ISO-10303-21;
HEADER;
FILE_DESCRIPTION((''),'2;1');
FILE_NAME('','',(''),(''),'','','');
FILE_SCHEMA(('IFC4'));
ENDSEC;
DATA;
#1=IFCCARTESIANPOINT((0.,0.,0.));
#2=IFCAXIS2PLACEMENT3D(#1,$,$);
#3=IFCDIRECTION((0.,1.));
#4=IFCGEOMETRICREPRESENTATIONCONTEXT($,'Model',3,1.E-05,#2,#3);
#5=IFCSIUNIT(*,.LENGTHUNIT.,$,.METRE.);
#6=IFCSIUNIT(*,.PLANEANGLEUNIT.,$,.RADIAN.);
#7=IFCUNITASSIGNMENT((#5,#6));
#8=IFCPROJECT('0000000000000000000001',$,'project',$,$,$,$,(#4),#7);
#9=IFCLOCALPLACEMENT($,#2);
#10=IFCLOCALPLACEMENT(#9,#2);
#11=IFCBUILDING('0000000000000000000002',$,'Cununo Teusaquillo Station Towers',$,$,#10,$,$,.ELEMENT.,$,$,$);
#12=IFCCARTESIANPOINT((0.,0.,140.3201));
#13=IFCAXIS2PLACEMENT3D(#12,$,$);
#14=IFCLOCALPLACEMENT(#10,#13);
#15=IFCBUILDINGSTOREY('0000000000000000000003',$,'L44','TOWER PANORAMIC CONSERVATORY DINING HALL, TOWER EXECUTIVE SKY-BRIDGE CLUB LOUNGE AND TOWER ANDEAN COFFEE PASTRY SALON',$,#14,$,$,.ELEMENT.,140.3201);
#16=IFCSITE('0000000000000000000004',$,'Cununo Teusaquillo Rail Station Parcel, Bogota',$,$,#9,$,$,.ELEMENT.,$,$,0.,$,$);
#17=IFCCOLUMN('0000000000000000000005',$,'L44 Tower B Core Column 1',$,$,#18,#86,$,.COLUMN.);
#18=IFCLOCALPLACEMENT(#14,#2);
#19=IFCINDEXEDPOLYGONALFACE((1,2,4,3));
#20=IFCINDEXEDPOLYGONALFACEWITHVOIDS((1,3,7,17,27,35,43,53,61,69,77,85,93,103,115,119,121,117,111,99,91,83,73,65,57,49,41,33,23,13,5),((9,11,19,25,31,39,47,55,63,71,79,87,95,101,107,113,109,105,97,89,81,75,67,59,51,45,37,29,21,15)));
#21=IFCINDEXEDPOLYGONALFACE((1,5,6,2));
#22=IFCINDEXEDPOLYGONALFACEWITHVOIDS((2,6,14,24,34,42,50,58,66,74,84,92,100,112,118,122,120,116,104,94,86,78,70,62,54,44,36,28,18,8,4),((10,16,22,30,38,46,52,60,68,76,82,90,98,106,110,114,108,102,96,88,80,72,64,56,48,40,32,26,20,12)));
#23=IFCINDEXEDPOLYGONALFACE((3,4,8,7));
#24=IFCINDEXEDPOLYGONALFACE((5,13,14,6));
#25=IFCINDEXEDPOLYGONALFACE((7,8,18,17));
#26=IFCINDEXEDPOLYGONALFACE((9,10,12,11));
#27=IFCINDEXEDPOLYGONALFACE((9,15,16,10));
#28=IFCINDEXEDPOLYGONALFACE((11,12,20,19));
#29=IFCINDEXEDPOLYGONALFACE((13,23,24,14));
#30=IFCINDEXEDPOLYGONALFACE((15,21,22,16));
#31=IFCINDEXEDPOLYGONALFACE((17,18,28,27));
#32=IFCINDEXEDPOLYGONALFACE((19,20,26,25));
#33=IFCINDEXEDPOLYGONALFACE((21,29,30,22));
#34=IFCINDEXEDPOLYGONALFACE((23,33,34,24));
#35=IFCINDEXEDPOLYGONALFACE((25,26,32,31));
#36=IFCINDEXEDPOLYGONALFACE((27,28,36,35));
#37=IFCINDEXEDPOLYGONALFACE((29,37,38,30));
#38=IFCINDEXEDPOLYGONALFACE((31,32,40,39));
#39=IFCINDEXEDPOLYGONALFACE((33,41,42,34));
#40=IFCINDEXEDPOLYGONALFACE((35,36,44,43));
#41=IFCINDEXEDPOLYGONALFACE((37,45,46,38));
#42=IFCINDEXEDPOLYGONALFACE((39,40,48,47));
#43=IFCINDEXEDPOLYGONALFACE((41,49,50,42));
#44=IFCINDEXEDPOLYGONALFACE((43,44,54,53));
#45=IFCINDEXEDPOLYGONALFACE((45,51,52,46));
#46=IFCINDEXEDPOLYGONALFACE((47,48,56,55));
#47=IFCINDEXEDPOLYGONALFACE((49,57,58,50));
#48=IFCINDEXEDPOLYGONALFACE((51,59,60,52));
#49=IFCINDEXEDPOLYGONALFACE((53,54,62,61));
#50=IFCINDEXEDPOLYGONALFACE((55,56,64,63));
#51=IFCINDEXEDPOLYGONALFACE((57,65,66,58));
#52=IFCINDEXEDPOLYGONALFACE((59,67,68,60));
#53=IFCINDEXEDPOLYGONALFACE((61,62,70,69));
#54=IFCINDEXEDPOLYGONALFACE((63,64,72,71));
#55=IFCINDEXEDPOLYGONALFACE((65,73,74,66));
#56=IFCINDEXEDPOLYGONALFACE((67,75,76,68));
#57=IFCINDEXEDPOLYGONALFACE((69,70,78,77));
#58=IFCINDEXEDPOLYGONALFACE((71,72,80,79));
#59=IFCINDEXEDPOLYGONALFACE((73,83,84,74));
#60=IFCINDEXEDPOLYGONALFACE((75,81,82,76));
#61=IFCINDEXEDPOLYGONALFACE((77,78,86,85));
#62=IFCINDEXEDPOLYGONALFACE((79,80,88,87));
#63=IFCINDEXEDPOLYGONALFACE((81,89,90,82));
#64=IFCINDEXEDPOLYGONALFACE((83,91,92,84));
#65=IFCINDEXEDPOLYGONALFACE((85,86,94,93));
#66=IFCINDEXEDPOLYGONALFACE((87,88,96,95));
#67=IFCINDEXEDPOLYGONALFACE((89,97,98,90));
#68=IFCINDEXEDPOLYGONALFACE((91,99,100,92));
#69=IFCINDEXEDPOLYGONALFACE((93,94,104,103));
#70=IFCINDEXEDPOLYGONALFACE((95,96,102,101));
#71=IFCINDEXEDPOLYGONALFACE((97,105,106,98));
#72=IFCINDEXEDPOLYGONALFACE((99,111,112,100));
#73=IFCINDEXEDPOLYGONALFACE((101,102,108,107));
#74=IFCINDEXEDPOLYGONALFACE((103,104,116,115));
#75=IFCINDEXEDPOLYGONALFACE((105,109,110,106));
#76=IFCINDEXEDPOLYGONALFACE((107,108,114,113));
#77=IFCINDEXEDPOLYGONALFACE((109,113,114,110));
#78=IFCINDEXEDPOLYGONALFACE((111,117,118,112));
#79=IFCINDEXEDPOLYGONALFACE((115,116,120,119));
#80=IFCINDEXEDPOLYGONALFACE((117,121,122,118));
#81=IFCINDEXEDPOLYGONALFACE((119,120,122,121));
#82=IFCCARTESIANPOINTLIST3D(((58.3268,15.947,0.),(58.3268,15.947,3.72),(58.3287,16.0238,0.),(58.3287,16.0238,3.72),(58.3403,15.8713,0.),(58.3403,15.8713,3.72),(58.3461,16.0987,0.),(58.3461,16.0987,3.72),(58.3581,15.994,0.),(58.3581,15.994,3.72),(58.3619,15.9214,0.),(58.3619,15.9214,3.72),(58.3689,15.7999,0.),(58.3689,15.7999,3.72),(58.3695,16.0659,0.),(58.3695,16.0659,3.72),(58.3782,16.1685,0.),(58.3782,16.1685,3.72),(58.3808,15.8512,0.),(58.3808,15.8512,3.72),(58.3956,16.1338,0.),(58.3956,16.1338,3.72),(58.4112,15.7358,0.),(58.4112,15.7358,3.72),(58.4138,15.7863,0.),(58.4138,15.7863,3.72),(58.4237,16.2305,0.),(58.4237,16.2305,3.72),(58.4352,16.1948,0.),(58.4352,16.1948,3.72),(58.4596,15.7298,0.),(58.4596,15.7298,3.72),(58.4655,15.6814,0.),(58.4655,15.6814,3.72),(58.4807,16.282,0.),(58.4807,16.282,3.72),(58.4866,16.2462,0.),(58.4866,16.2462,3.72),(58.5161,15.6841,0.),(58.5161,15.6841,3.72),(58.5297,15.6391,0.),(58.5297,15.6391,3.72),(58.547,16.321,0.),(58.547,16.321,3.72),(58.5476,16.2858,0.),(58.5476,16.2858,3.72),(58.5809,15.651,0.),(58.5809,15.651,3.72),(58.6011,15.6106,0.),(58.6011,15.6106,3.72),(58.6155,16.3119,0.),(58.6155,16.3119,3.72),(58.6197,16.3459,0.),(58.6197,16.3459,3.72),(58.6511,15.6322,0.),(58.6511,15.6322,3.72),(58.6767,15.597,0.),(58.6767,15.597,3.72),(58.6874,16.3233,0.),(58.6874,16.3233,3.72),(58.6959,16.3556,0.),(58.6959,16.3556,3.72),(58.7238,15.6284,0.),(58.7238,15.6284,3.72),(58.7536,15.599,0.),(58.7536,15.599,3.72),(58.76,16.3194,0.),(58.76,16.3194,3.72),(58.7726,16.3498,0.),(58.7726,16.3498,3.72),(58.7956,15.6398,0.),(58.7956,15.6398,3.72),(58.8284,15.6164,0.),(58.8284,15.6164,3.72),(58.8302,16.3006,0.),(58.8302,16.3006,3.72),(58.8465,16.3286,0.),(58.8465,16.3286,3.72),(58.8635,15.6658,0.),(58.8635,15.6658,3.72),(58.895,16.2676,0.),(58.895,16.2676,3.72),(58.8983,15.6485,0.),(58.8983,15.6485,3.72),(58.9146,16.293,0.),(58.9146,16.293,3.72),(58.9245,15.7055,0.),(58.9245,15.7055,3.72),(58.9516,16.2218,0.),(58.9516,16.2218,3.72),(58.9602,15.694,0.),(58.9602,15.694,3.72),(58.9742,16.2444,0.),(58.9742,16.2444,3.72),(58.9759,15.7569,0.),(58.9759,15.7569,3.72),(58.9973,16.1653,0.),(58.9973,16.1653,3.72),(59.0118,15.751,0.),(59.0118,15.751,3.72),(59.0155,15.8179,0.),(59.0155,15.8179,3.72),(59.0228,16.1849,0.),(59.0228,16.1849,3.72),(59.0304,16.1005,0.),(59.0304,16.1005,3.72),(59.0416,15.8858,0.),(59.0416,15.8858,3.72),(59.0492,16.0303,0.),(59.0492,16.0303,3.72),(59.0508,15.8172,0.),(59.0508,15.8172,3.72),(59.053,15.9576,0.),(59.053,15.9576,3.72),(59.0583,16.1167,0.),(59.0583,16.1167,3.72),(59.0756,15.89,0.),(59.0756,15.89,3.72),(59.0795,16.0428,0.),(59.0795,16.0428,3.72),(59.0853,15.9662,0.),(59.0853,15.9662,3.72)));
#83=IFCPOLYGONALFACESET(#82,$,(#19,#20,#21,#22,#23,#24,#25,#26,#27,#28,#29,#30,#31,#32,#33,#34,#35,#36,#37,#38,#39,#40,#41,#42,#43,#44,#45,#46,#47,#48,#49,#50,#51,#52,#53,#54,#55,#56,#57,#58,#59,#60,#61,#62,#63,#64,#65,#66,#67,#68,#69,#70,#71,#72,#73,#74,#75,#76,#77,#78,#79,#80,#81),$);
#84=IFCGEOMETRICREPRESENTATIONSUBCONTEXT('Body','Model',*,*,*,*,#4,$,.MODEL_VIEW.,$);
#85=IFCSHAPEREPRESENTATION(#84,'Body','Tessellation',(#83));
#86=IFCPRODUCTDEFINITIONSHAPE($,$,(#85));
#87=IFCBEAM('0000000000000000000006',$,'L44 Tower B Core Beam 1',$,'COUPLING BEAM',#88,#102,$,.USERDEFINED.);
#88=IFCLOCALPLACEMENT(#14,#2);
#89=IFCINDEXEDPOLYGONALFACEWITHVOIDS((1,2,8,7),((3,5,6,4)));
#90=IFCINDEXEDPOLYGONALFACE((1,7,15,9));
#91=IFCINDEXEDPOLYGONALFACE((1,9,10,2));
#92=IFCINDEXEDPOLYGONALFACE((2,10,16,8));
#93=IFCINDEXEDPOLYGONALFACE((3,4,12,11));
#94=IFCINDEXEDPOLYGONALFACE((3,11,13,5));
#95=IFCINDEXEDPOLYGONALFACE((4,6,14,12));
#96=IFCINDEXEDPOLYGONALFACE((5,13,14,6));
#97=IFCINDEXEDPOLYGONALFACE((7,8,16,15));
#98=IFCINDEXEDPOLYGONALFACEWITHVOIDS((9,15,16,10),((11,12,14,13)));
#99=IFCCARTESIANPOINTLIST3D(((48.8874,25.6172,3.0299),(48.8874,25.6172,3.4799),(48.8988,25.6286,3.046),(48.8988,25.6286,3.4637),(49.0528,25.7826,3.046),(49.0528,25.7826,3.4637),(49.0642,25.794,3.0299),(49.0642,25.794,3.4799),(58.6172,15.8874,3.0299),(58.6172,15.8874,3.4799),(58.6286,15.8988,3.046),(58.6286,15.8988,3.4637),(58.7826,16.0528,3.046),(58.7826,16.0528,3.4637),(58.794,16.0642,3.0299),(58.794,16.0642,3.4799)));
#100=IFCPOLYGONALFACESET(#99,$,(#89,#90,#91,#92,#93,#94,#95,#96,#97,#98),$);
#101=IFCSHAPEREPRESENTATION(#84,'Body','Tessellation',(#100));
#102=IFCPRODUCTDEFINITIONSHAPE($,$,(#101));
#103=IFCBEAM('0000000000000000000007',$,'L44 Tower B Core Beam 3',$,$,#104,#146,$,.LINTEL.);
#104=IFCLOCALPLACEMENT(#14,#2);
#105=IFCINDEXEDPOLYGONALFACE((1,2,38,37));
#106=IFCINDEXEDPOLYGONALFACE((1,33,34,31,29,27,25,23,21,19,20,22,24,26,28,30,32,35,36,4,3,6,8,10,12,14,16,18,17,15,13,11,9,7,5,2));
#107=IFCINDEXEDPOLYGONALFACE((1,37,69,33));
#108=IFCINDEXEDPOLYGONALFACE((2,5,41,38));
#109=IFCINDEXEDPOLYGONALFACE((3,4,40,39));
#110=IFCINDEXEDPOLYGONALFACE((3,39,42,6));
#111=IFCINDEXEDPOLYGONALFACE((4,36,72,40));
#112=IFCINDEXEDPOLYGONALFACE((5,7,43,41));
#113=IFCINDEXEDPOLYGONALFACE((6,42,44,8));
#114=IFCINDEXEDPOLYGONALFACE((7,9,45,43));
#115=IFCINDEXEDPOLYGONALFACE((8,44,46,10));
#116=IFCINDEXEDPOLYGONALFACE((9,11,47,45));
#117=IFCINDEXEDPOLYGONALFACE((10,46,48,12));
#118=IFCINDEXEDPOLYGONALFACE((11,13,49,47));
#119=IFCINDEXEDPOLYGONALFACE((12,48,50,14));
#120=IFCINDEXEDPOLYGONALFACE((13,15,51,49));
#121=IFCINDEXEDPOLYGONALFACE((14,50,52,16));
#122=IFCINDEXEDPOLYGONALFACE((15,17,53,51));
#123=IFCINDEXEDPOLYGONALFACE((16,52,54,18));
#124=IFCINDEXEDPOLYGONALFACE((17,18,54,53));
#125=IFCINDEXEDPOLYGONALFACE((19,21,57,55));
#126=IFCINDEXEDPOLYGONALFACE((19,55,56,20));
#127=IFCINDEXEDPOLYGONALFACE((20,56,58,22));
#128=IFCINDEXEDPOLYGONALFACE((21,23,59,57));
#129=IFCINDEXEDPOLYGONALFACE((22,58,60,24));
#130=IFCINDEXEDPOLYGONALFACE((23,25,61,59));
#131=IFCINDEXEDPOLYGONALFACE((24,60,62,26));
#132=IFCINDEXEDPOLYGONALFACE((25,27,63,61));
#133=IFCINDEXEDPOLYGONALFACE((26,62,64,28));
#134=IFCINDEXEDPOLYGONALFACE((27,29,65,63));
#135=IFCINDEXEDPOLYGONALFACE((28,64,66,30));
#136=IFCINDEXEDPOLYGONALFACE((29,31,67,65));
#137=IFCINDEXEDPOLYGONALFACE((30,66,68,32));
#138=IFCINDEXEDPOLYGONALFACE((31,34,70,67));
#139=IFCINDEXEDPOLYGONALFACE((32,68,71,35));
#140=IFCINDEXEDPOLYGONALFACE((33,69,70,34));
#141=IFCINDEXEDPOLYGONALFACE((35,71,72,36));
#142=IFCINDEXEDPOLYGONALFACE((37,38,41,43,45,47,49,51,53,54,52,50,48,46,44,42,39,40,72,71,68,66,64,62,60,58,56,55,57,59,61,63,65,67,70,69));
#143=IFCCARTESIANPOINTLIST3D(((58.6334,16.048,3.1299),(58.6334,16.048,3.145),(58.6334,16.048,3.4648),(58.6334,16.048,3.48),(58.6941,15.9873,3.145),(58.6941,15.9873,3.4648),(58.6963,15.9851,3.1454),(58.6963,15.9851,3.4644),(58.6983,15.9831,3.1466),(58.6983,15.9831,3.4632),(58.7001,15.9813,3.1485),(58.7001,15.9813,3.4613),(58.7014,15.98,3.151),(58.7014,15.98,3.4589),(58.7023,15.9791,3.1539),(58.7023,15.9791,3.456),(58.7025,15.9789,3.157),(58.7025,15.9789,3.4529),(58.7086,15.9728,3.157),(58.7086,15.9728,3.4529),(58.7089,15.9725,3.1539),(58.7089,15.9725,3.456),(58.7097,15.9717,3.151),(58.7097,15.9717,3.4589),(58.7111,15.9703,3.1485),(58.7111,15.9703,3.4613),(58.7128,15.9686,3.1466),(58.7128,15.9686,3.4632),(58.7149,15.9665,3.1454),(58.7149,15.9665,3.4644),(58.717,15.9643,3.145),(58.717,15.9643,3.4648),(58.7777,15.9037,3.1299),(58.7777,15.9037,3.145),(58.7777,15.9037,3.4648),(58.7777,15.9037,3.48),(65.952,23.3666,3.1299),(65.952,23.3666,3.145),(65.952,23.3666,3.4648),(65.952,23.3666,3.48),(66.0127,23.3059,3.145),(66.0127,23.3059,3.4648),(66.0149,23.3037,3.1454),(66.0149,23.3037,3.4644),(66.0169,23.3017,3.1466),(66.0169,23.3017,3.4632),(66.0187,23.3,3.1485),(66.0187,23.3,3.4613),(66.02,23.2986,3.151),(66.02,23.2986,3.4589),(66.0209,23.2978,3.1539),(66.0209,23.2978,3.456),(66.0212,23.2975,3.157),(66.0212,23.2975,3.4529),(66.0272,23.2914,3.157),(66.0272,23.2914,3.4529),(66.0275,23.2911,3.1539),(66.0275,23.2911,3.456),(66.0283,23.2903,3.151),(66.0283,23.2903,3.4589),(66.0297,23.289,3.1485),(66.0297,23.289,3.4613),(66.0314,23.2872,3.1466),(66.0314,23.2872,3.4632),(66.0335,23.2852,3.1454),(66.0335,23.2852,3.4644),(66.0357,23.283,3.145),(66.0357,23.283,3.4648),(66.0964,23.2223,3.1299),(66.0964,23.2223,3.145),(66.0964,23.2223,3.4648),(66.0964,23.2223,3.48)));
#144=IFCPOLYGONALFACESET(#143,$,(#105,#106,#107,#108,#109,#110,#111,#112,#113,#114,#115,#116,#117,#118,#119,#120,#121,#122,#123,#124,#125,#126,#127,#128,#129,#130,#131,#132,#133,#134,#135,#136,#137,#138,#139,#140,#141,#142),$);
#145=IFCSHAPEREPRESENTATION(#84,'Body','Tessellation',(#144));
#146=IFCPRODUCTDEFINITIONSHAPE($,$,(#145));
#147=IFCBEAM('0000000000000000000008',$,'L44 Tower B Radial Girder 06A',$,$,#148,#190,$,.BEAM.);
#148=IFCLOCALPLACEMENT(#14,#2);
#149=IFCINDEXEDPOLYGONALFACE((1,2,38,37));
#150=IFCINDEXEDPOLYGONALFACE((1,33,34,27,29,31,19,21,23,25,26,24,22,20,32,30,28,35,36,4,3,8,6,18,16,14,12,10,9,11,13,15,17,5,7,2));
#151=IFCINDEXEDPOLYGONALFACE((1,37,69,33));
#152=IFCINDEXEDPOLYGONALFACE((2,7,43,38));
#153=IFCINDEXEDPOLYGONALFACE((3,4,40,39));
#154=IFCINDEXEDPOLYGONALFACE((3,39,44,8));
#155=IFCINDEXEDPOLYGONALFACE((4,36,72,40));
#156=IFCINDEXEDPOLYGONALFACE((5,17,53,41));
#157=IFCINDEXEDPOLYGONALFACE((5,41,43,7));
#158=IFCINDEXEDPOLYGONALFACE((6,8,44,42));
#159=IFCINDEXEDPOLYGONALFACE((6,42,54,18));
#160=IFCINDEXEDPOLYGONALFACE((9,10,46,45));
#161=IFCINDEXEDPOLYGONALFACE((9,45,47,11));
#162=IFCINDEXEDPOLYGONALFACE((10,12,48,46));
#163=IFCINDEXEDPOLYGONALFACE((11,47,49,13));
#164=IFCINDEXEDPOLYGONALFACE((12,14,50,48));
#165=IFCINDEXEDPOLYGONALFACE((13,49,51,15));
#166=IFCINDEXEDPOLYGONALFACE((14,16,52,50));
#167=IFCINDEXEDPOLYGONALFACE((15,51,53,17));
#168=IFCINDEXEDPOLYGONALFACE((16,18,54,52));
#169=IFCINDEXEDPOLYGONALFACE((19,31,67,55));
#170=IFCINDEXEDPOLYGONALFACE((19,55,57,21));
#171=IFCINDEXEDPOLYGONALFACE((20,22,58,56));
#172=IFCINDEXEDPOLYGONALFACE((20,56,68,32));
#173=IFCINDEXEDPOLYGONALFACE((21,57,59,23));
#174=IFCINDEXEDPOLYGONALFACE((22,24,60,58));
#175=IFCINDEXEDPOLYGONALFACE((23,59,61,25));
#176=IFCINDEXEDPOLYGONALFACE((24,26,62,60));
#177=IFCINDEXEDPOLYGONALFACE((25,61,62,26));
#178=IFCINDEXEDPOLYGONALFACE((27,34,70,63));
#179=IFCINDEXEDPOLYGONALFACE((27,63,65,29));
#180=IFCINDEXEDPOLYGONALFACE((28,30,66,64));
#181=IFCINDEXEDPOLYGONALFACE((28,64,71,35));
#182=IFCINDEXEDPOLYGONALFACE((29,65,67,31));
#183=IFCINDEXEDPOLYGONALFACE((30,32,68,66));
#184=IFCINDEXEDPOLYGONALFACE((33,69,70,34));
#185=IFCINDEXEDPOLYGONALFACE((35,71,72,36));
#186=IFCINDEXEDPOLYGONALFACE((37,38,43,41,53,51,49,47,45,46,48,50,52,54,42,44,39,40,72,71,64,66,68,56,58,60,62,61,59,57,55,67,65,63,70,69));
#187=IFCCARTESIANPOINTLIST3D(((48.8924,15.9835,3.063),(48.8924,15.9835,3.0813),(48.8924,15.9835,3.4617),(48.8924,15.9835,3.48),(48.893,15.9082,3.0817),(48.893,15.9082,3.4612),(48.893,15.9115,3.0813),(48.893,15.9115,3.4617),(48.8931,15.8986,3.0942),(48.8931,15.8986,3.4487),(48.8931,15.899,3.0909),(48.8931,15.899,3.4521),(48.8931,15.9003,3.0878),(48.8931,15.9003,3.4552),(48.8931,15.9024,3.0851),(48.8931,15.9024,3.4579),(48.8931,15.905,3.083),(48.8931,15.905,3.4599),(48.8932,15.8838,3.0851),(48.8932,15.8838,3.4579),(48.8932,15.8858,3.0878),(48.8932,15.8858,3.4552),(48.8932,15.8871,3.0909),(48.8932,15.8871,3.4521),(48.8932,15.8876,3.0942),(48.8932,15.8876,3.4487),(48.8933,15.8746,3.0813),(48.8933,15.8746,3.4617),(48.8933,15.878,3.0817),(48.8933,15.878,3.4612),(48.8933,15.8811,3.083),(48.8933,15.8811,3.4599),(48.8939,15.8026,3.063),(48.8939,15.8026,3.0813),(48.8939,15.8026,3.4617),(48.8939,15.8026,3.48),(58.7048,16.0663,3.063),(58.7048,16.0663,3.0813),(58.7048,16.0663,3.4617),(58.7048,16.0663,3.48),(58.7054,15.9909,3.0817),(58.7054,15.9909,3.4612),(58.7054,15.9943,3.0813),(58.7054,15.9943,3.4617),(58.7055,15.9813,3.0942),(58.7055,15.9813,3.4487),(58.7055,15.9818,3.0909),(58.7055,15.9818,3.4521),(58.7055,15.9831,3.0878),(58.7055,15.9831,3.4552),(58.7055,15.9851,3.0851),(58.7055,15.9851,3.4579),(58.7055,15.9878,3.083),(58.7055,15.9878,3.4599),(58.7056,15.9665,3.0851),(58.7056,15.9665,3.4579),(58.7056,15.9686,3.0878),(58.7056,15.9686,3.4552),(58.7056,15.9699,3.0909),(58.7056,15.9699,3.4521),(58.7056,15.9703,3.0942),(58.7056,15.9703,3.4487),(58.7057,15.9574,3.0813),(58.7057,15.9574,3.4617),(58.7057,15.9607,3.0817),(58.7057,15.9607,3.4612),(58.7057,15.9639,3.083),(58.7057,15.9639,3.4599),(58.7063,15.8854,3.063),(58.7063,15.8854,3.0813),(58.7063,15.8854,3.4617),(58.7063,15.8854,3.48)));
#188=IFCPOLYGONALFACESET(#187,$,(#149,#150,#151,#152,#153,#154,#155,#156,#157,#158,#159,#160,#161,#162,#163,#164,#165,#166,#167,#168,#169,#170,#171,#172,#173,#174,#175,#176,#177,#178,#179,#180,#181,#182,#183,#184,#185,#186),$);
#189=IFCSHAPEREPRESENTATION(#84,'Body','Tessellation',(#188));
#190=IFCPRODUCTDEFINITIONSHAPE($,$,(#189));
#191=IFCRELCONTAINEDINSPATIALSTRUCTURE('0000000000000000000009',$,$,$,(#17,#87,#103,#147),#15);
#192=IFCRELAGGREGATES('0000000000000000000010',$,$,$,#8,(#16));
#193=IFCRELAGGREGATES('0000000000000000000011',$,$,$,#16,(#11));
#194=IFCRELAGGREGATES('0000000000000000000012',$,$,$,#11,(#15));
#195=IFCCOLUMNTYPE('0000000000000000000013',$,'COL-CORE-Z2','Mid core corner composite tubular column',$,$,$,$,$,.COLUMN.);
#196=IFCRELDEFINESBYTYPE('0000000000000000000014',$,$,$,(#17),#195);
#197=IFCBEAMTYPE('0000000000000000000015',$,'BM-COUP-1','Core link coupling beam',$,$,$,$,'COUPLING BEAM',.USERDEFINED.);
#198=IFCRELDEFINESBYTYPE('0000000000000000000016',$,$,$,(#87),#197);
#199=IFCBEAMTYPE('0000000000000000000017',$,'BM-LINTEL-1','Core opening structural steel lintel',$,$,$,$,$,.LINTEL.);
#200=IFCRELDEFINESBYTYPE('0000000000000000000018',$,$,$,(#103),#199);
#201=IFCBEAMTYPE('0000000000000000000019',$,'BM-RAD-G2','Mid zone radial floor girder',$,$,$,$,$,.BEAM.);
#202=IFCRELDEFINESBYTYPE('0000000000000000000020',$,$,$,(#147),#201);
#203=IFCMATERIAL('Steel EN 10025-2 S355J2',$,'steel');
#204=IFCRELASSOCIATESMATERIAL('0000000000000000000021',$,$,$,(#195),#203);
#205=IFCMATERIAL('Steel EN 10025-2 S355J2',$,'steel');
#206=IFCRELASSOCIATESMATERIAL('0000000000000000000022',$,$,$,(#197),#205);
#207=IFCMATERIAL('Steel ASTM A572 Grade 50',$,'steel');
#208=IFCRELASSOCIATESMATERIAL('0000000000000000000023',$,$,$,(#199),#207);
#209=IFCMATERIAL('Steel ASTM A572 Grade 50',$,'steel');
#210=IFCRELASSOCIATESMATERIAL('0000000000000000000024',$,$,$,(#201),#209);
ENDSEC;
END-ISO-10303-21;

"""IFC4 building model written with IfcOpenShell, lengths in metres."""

from ifc_helpers import new_model, si_unit, direction, frame, origin, origin_2d, place, context, subcontext, project, spatial, hollow_rectangle, hollow_circle, i_section, extrude, material, material_profile, profile_set, type_object, element, save


model = new_model("IFC4")

# Units and contexts
model_context = context("Model", 3, precision=1e-05, world=origin(), true_north=direction((0.0, 1.0)))
body_context = subcontext(model_context, "Body", "Model", "MODEL_VIEW")
ifc_project = project(units=[si_unit("LENGTHUNIT", "METRE"), si_unit("PLANEANGLEUNIT", "RADIAN")], contexts=[model_context])

# Site, building, storey
site_placement = place(None, origin())
site = spatial("IfcSite", under=ifc_project, at=site_placement, Name="Cununo Teusaquillo Rail Station Parcel, Bogota", CompositionType="ELEMENT", RefElevation=0.0)
building_placement = place(site_placement, origin())
building = spatial("IfcBuilding", under=site, at=building_placement, Name="Cununo Teusaquillo Station Towers", CompositionType="ELEMENT")
storey_placement = place(building_placement, frame((0.0, 0.0, 140.3201)))
storey = spatial("IfcBuildingStorey", under=building, at=storey_placement, Name="L44", Description="TOWER PANORAMIC CONSERVATORY DINING HALL, TOWER EXECUTIVE SKY-BRIDGE CLUB LOUNGE AND TOWER ANDEAN COFFEE PASTRY SALON", CompositionType="ELEMENT", Elevation=140.3201)

# Column
ifc_material_1 = material(Name="Steel EN 10025-2 S355J2", Category="steel")
ifc_material_profile_1 = material_profile(ifc_material_1, hollow_circle(Radius=0.3799, WallThickness=0.032, at=origin_2d()), Name="CHS 760x32")
ifc_profile_set_1 = profile_set([ifc_material_profile_1], Name="Steel EN 10025-2 S355J2")
column_type = type_object("IfcColumnType", Name="COL-CORE-Z2", Description="Mid core corner composite tubular column", PredefinedType="COLUMN", material=ifc_profile_set_1)
column_placement = place(storey_placement, frame((58.7056, 15.9758, 0.0), z_axis=(0.0, 0.0, 1.0), x_axis=(0.707107, 0.707107, 0.0)))
element("IfcColumn", 1, at=column_placement, inside=storey, type_object=column_type, Name="L44 Tower B Core Column 1", PredefinedType="COLUMN", context=body_context, shape_type="SweptSolid", body=[
    extrude(hollow_circle(Radius=0.3799, WallThickness=0.032, at=origin_2d()), origin(), (0.0, 0.0, 1.0), 3.72),
])

# Beams
ifc_material_2 = material(Name="Steel EN 10025-2 S355J2", Category="steel")
ifc_material_profile_2 = material_profile(ifc_material_2, hollow_rectangle(XDim=0.25, YDim=0.45, WallThickness=0.0161, at=origin_2d()), Name="RHS 450x250x16")
ifc_profile_set_2 = profile_set([ifc_material_profile_2], Name="Steel EN 10025-2 S355J2")
beam_type_1 = type_object("IfcBeamType", Name="BM-COUP-1", Description="Core link coupling beam", ElementType="COUPLING BEAM", PredefinedType="USERDEFINED", material=ifc_profile_set_2)
beam_1_placement = place(storey_placement, frame((58.7056, 15.9758, 3.2549), z_axis=(-0.707107, 0.707107, 0.0), x_axis=(-0.707107, -0.707107, 0.0)))
element("IfcBeam", 2, at=beam_1_placement, inside=storey, type_object=beam_type_1, Name="L44 Tower B Core Beam 1", ObjectType="COUPLING BEAM", PredefinedType="USERDEFINED", context=body_context, shape_type="SweptSolid", body=[
    extrude(hollow_rectangle(XDim=0.25, YDim=0.45, WallThickness=0.0161, at=origin_2d()), origin(), (0.0, 0.0, 1.0), 13.76),
])
ifc_material_3 = material(Name="Steel ASTM A572 Grade 50", Category="steel")
ifc_material_profile_3 = material_profile(ifc_material_3, i_section(OverallWidth=0.2041, OverallDepth=0.3501, WebThickness=0.0085, FlangeThickness=0.0151, FilletRadius=0.012, at=origin_2d()), Name="W14X48")
ifc_profile_set_3 = profile_set([ifc_material_profile_3], Name="Steel ASTM A572 Grade 50")
beam_type_2 = type_object("IfcBeamType", Name="BM-LINTEL-1", Description="Core opening structural steel lintel", PredefinedType="LINTEL", material=ifc_profile_set_3)
beam_2_placement = place(storey_placement, frame((58.7056, 15.9758, 3.3049), z_axis=(0.707107, 0.707107, 0.0), x_axis=(-0.707107, 0.707107, 0.0)))
element("IfcBeam", 3, at=beam_2_placement, inside=storey, type_object=beam_type_2, Name="L44 Tower B Core Beam 3", PredefinedType="LINTEL", context=body_context, shape_type="SweptSolid", body=[
    extrude(i_section(OverallWidth=0.2041, OverallDepth=0.3501, WebThickness=0.0085, FlangeThickness=0.0151, FilletRadius=0.012, at=origin_2d()), origin(), (0.0, 0.0, 1.0), 10.3501),
])
ifc_material_4 = material(Name="Steel ASTM A572 Grade 50", Category="steel")
ifc_material_profile_4 = material_profile(ifc_material_4, i_section(OverallWidth=0.1809, OverallDepth=0.417, WebThickness=0.011, FlangeThickness=0.0183, FilletRadius=0.0129, at=origin_2d()), Name="W16X57")
ifc_profile_set_4 = profile_set([ifc_material_profile_4], Name="Steel ASTM A572 Grade 50")
beam_type_3 = type_object("IfcBeamType", Name="BM-RAD-G2", Description="Mid zone radial floor girder", PredefinedType="BEAM", material=ifc_profile_set_4)
beam_3_placement = place(storey_placement, frame((58.7056, 15.9758, 3.2715), z_axis=(-0.999964, -0.008434, 0.0), x_axis=(0.008434, -0.999964, 0.0)))
element("IfcBeam", 4, at=beam_3_placement, inside=storey, type_object=beam_type_3, Name="L44 Tower B Radial Girder 06A", PredefinedType="BEAM", context=body_context, shape_type="SweptSolid", body=[
    extrude(i_section(OverallWidth=0.1809, OverallDepth=0.417, WebThickness=0.011, FlangeThickness=0.0183, FilletRadius=0.0129, at=origin_2d()), origin(), (0.0, 0.0, 1.0), 9.8127),
])

save(model, "model.ifc")
